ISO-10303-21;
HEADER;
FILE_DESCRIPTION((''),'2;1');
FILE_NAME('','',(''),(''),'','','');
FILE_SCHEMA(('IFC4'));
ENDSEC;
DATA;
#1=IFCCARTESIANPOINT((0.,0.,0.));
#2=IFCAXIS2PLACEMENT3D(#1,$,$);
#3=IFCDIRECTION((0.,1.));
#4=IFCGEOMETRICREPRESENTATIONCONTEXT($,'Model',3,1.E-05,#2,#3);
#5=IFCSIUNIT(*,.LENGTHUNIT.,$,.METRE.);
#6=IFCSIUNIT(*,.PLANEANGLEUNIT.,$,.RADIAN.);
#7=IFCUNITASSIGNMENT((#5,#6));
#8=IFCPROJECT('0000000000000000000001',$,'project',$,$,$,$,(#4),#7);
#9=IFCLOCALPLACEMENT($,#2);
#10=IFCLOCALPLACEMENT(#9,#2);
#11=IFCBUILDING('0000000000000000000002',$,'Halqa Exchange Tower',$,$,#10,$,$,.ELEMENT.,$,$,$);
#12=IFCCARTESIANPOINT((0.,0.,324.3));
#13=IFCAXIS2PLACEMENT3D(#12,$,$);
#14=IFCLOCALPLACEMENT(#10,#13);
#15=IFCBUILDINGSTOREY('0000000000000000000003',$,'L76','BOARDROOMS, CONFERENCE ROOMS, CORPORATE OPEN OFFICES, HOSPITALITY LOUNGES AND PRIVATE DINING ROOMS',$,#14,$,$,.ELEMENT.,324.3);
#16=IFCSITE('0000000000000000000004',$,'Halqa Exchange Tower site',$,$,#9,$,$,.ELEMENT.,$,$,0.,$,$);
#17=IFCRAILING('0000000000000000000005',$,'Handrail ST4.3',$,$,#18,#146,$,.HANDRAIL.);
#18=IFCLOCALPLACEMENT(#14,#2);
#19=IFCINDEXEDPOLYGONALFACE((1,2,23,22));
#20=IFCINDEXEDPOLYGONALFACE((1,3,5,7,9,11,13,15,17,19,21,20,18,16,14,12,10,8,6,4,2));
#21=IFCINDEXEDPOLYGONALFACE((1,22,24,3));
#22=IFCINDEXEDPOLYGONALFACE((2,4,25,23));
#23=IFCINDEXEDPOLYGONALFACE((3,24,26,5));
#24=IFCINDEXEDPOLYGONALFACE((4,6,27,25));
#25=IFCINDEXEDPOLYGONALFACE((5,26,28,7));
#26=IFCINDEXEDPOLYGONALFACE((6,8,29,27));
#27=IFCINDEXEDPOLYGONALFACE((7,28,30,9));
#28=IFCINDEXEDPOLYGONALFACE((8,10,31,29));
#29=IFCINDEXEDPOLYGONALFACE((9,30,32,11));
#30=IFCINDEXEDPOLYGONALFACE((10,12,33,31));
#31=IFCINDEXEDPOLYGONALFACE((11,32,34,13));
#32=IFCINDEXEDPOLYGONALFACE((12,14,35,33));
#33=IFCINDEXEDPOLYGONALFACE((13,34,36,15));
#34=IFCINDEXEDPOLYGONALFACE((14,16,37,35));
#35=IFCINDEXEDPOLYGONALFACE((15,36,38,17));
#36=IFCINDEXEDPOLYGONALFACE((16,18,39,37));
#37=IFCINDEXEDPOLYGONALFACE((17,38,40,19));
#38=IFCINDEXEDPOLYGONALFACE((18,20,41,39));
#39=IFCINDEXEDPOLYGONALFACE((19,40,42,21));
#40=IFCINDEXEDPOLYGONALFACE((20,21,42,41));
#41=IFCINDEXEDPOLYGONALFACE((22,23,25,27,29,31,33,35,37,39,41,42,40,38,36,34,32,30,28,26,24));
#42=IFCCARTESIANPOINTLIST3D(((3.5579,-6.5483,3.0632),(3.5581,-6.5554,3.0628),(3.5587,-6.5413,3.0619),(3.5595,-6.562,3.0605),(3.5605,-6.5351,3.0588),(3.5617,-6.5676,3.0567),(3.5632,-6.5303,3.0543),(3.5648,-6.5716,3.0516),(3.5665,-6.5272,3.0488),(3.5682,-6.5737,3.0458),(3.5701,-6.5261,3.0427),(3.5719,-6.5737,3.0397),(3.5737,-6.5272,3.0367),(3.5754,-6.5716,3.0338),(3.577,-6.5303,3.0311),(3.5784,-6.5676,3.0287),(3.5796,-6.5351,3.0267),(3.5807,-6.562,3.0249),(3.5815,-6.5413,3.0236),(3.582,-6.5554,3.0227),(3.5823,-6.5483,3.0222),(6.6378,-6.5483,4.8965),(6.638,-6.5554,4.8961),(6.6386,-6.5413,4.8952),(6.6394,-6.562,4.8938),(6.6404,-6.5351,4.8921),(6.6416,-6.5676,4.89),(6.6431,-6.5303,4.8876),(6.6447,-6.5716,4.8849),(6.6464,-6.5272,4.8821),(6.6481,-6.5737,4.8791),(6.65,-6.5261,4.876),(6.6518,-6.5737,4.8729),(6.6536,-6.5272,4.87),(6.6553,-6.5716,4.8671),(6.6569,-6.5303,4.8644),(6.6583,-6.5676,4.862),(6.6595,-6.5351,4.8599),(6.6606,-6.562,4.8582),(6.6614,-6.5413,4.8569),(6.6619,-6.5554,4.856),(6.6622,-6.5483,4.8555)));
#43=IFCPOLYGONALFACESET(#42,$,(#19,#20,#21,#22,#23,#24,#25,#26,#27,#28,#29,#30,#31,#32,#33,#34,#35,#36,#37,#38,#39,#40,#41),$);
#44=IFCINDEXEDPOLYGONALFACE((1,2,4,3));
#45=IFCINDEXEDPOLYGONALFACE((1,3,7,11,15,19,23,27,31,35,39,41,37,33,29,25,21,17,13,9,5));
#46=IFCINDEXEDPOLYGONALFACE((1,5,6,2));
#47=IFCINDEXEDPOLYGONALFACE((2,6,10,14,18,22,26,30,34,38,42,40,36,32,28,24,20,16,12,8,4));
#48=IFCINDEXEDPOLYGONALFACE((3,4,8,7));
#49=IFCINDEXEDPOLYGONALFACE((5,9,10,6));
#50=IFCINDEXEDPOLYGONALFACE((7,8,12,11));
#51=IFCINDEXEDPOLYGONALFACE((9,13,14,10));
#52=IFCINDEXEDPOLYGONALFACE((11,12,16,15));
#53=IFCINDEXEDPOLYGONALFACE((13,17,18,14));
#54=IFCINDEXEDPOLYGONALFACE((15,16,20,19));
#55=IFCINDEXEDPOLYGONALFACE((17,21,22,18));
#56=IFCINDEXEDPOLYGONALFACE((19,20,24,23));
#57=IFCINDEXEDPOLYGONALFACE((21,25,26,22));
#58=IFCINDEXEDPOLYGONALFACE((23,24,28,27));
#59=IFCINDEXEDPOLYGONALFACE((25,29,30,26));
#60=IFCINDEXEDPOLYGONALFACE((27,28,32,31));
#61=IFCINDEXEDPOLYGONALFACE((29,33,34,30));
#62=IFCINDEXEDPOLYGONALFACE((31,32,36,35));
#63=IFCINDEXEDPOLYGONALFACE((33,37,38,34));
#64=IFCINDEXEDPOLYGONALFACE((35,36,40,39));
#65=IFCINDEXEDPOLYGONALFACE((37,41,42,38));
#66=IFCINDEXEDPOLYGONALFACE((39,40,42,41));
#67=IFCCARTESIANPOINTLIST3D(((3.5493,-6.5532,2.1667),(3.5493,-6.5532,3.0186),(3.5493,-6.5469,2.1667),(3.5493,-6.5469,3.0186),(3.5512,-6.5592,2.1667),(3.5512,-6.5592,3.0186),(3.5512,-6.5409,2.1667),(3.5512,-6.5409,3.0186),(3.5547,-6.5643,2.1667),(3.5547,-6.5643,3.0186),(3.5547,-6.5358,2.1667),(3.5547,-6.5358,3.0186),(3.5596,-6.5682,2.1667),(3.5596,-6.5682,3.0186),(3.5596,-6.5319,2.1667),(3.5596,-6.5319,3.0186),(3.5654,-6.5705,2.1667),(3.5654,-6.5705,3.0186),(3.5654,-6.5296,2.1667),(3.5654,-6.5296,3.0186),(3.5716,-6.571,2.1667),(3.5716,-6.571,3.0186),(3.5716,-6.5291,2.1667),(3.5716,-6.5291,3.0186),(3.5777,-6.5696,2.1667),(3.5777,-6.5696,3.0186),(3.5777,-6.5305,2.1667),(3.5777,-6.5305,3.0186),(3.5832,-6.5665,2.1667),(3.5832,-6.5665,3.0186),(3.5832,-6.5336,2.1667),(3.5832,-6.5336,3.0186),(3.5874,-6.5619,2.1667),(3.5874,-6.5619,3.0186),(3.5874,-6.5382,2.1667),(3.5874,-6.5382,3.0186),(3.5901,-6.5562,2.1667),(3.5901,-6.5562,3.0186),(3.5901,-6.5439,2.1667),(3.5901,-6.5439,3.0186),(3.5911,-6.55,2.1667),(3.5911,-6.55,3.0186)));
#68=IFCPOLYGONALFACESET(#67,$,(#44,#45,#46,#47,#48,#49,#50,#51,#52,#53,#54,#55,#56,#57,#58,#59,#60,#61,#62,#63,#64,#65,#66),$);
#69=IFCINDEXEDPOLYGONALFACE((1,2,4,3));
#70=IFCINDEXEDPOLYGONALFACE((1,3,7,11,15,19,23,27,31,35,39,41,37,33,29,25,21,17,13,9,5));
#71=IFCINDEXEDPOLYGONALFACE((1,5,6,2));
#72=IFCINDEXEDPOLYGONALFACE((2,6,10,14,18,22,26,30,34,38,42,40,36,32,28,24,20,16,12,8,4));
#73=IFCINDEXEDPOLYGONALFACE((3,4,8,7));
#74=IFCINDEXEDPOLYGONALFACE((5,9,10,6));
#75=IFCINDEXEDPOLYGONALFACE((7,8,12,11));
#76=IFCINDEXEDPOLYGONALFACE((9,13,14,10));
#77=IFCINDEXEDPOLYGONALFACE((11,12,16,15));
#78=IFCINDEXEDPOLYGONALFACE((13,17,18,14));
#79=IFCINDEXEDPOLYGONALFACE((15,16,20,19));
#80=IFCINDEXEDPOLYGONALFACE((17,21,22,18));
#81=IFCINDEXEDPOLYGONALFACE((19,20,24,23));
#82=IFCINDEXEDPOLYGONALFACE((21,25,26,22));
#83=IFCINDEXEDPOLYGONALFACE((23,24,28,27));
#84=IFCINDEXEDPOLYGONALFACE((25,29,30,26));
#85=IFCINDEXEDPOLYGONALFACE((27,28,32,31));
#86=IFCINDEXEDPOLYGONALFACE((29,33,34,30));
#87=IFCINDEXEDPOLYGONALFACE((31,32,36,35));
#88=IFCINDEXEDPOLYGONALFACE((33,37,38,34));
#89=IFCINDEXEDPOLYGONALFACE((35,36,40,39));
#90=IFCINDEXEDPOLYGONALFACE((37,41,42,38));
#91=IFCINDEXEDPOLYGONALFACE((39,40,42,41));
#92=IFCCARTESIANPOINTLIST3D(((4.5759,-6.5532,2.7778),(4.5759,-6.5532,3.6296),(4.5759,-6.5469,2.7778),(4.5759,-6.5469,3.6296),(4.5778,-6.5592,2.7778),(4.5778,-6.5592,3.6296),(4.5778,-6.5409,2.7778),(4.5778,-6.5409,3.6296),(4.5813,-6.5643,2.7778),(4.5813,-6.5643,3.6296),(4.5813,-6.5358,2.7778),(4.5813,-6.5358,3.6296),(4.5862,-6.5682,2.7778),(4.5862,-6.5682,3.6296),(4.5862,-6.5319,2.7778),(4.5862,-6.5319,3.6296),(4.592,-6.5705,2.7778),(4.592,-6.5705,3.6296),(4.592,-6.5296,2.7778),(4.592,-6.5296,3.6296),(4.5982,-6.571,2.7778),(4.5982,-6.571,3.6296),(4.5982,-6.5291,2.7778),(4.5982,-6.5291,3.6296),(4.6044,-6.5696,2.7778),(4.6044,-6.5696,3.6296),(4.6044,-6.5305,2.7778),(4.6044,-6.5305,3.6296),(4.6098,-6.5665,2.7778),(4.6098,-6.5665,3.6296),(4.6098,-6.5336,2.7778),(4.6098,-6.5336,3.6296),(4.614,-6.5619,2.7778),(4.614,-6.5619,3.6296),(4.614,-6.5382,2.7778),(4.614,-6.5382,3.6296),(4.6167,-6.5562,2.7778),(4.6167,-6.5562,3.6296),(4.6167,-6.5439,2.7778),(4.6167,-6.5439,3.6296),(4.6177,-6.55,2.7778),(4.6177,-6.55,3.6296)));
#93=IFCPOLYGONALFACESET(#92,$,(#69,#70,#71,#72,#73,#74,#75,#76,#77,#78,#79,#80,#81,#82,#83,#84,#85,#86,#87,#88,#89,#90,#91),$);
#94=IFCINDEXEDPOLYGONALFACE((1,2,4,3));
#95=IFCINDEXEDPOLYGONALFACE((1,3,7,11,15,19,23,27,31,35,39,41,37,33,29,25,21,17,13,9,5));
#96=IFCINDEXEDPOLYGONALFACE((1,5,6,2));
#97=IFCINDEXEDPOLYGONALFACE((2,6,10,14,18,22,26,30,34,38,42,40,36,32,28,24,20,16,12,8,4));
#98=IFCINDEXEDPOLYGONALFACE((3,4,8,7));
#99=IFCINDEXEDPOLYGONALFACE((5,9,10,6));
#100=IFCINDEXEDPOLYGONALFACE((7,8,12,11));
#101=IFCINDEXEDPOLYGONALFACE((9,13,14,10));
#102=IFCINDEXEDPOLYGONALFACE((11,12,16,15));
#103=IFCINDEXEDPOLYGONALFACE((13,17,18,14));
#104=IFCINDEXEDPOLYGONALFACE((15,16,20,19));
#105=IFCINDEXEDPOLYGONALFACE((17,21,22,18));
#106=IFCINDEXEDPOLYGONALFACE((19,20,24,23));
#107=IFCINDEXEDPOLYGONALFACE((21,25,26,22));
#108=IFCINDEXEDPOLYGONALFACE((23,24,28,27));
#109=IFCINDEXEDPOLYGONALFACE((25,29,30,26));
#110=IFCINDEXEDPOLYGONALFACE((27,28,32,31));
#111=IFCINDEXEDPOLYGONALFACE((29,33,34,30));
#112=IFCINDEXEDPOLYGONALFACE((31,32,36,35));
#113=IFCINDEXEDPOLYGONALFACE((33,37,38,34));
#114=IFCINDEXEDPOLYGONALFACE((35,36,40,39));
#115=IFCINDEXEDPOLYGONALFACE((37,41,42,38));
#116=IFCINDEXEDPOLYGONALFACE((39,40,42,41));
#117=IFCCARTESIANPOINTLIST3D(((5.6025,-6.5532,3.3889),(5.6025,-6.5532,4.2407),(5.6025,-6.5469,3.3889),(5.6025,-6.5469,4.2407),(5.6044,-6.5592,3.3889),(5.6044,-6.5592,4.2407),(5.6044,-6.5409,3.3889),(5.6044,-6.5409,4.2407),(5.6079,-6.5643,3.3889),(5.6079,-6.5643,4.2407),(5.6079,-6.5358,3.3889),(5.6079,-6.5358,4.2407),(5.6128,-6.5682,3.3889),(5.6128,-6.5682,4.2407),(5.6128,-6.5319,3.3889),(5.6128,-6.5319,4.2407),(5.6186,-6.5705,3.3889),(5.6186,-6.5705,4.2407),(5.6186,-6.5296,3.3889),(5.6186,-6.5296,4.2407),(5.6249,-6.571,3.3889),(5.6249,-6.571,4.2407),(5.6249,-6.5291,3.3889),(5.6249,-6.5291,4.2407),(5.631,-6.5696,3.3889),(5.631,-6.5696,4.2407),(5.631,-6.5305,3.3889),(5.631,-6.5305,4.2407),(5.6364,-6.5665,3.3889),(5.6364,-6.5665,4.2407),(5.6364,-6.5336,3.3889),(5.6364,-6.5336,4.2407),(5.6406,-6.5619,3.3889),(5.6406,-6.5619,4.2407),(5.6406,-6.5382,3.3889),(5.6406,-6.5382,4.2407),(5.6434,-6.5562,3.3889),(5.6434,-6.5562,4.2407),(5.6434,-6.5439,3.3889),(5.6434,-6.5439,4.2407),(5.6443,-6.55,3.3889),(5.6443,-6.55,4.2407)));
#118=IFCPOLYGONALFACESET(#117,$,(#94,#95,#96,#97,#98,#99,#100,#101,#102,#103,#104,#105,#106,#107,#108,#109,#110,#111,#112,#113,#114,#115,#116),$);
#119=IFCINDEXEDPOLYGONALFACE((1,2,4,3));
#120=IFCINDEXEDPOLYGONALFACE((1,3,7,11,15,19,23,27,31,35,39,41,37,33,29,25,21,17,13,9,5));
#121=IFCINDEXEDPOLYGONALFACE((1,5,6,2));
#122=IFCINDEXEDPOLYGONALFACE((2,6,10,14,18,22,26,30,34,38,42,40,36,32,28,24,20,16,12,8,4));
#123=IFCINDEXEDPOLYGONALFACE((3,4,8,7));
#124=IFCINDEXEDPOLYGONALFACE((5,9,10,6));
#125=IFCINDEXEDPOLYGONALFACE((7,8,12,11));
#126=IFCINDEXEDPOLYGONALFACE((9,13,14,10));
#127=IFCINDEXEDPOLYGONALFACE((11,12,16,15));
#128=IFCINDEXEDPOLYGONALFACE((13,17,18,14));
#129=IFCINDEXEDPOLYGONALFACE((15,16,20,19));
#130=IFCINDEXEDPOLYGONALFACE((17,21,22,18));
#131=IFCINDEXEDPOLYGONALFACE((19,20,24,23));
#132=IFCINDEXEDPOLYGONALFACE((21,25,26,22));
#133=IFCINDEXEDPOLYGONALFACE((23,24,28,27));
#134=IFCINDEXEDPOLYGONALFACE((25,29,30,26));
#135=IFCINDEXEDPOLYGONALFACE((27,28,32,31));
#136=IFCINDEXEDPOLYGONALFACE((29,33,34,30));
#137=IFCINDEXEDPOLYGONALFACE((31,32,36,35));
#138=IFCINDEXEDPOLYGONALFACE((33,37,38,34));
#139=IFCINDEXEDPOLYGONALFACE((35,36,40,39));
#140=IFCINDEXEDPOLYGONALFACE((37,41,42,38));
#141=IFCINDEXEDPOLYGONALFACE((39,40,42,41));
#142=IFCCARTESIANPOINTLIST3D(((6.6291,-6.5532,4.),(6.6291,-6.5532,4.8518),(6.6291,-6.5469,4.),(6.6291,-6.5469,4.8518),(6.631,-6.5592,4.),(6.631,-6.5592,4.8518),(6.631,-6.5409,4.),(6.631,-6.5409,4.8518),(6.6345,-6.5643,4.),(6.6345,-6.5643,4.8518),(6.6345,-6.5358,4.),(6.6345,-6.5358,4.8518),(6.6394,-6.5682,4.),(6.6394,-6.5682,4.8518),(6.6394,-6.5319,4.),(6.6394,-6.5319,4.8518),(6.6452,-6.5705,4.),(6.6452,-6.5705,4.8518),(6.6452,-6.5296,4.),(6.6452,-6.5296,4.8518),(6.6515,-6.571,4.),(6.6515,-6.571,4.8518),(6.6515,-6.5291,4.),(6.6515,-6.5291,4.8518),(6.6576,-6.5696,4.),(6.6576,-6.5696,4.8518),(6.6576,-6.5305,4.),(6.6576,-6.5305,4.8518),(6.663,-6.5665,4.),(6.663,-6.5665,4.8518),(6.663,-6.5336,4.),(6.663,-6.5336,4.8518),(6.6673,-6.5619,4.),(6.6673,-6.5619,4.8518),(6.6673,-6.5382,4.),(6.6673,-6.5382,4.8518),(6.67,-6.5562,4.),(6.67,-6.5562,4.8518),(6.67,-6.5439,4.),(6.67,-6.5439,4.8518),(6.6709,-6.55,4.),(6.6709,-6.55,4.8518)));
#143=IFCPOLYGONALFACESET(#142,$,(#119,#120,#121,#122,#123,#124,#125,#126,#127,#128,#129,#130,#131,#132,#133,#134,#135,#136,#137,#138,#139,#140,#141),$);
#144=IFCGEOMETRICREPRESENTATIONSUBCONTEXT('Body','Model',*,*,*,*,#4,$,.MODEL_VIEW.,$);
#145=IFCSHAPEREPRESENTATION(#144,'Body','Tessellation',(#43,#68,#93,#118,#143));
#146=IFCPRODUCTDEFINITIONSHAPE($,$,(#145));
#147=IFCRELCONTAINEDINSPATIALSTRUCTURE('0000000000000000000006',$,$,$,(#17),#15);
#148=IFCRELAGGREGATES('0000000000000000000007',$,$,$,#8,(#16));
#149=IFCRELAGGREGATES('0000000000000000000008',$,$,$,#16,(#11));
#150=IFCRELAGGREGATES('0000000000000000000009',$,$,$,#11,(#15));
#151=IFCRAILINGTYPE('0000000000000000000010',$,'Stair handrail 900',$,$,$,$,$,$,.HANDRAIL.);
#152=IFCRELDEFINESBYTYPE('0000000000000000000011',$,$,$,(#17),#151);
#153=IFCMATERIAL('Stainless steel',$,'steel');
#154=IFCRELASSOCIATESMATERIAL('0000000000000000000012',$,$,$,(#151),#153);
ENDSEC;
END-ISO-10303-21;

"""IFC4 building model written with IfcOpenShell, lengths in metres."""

from ifc_helpers import new_model, si_unit, direction, frame, origin, origin_2d, place, context, subcontext, project, spatial, circle, extrude, material, type_object, element, save


model = new_model("IFC4")

# Units and contexts
model_context = context("Model", 3, precision=1e-05, world=origin(), true_north=direction((0.0, 1.0)))
body_context = subcontext(model_context, "Body", "Model", "MODEL_VIEW")
ifc_project = project(units=[si_unit("LENGTHUNIT", "METRE"), si_unit("PLANEANGLEUNIT", "RADIAN")], contexts=[model_context])

# Site, building, storey
site_placement = place(None, origin())
site = spatial("IfcSite", under=ifc_project, at=site_placement, Name="Halqa Exchange Tower site", CompositionType="ELEMENT", RefElevation=0.0)
building_placement = place(site_placement, origin())
building = spatial("IfcBuilding", under=site, at=building_placement, Name="Halqa Exchange Tower", CompositionType="ELEMENT")
storey_placement = place(building_placement, frame((0.0, 0.0, 324.3)))
storey = spatial("IfcBuildingStorey", under=building, at=storey_placement, Name="L76", Description="BOARDROOMS, CONFERENCE ROOMS, CORPORATE OPEN OFFICES, HOSPITALITY LOUNGES AND PRIVATE DINING ROOMS", CompositionType="ELEMENT", Elevation=324.3)

# Railing
ifc_material_1 = material(Name="Stainless steel", Category="steel")
railing_type_1 = type_object("IfcRailingType", Name="Stair handrail 900", PredefinedType="HANDRAIL", material=ifc_material_1)
railing_1_placement = place(storey_placement, frame((3.5701, -6.55, 2.1667)))
element("IfcRailing", 1, at=railing_1_placement, inside=storey, type_object=railing_type_1, Name="Handrail ST4.3", PredefinedType="HANDRAIL", context=body_context, shape_type="SweptSolid", body=[
    extrude(circle(Radius=0.0239, at=origin_2d()), frame((0.0, 0.0, 0.876), z_axis=(0.859291, 0.0, 0.511487), x_axis=(0.0, 1.0, 0.0)), (0.0, 0.0, 1.0), 3.5842),
    extrude(circle(Radius=0.021, at=origin_2d()), origin(), (0.0, 0.0, 1.0), 0.8518),
    extrude(circle(Radius=0.021, at=origin_2d()), frame((1.0266, 0.0, 0.6111)), (0.0, 0.0, 1.0), 0.8518),
    extrude(circle(Radius=0.021, at=origin_2d()), frame((2.0532, 0.0, 1.2222)), (0.0, 0.0, 1.0), 0.8518),
    extrude(circle(Radius=0.021, at=origin_2d()), frame((3.0798, 0.0, 1.8333)), (0.0, 0.0, 1.0), 0.8518),
])

save(model, "model.ifc")
